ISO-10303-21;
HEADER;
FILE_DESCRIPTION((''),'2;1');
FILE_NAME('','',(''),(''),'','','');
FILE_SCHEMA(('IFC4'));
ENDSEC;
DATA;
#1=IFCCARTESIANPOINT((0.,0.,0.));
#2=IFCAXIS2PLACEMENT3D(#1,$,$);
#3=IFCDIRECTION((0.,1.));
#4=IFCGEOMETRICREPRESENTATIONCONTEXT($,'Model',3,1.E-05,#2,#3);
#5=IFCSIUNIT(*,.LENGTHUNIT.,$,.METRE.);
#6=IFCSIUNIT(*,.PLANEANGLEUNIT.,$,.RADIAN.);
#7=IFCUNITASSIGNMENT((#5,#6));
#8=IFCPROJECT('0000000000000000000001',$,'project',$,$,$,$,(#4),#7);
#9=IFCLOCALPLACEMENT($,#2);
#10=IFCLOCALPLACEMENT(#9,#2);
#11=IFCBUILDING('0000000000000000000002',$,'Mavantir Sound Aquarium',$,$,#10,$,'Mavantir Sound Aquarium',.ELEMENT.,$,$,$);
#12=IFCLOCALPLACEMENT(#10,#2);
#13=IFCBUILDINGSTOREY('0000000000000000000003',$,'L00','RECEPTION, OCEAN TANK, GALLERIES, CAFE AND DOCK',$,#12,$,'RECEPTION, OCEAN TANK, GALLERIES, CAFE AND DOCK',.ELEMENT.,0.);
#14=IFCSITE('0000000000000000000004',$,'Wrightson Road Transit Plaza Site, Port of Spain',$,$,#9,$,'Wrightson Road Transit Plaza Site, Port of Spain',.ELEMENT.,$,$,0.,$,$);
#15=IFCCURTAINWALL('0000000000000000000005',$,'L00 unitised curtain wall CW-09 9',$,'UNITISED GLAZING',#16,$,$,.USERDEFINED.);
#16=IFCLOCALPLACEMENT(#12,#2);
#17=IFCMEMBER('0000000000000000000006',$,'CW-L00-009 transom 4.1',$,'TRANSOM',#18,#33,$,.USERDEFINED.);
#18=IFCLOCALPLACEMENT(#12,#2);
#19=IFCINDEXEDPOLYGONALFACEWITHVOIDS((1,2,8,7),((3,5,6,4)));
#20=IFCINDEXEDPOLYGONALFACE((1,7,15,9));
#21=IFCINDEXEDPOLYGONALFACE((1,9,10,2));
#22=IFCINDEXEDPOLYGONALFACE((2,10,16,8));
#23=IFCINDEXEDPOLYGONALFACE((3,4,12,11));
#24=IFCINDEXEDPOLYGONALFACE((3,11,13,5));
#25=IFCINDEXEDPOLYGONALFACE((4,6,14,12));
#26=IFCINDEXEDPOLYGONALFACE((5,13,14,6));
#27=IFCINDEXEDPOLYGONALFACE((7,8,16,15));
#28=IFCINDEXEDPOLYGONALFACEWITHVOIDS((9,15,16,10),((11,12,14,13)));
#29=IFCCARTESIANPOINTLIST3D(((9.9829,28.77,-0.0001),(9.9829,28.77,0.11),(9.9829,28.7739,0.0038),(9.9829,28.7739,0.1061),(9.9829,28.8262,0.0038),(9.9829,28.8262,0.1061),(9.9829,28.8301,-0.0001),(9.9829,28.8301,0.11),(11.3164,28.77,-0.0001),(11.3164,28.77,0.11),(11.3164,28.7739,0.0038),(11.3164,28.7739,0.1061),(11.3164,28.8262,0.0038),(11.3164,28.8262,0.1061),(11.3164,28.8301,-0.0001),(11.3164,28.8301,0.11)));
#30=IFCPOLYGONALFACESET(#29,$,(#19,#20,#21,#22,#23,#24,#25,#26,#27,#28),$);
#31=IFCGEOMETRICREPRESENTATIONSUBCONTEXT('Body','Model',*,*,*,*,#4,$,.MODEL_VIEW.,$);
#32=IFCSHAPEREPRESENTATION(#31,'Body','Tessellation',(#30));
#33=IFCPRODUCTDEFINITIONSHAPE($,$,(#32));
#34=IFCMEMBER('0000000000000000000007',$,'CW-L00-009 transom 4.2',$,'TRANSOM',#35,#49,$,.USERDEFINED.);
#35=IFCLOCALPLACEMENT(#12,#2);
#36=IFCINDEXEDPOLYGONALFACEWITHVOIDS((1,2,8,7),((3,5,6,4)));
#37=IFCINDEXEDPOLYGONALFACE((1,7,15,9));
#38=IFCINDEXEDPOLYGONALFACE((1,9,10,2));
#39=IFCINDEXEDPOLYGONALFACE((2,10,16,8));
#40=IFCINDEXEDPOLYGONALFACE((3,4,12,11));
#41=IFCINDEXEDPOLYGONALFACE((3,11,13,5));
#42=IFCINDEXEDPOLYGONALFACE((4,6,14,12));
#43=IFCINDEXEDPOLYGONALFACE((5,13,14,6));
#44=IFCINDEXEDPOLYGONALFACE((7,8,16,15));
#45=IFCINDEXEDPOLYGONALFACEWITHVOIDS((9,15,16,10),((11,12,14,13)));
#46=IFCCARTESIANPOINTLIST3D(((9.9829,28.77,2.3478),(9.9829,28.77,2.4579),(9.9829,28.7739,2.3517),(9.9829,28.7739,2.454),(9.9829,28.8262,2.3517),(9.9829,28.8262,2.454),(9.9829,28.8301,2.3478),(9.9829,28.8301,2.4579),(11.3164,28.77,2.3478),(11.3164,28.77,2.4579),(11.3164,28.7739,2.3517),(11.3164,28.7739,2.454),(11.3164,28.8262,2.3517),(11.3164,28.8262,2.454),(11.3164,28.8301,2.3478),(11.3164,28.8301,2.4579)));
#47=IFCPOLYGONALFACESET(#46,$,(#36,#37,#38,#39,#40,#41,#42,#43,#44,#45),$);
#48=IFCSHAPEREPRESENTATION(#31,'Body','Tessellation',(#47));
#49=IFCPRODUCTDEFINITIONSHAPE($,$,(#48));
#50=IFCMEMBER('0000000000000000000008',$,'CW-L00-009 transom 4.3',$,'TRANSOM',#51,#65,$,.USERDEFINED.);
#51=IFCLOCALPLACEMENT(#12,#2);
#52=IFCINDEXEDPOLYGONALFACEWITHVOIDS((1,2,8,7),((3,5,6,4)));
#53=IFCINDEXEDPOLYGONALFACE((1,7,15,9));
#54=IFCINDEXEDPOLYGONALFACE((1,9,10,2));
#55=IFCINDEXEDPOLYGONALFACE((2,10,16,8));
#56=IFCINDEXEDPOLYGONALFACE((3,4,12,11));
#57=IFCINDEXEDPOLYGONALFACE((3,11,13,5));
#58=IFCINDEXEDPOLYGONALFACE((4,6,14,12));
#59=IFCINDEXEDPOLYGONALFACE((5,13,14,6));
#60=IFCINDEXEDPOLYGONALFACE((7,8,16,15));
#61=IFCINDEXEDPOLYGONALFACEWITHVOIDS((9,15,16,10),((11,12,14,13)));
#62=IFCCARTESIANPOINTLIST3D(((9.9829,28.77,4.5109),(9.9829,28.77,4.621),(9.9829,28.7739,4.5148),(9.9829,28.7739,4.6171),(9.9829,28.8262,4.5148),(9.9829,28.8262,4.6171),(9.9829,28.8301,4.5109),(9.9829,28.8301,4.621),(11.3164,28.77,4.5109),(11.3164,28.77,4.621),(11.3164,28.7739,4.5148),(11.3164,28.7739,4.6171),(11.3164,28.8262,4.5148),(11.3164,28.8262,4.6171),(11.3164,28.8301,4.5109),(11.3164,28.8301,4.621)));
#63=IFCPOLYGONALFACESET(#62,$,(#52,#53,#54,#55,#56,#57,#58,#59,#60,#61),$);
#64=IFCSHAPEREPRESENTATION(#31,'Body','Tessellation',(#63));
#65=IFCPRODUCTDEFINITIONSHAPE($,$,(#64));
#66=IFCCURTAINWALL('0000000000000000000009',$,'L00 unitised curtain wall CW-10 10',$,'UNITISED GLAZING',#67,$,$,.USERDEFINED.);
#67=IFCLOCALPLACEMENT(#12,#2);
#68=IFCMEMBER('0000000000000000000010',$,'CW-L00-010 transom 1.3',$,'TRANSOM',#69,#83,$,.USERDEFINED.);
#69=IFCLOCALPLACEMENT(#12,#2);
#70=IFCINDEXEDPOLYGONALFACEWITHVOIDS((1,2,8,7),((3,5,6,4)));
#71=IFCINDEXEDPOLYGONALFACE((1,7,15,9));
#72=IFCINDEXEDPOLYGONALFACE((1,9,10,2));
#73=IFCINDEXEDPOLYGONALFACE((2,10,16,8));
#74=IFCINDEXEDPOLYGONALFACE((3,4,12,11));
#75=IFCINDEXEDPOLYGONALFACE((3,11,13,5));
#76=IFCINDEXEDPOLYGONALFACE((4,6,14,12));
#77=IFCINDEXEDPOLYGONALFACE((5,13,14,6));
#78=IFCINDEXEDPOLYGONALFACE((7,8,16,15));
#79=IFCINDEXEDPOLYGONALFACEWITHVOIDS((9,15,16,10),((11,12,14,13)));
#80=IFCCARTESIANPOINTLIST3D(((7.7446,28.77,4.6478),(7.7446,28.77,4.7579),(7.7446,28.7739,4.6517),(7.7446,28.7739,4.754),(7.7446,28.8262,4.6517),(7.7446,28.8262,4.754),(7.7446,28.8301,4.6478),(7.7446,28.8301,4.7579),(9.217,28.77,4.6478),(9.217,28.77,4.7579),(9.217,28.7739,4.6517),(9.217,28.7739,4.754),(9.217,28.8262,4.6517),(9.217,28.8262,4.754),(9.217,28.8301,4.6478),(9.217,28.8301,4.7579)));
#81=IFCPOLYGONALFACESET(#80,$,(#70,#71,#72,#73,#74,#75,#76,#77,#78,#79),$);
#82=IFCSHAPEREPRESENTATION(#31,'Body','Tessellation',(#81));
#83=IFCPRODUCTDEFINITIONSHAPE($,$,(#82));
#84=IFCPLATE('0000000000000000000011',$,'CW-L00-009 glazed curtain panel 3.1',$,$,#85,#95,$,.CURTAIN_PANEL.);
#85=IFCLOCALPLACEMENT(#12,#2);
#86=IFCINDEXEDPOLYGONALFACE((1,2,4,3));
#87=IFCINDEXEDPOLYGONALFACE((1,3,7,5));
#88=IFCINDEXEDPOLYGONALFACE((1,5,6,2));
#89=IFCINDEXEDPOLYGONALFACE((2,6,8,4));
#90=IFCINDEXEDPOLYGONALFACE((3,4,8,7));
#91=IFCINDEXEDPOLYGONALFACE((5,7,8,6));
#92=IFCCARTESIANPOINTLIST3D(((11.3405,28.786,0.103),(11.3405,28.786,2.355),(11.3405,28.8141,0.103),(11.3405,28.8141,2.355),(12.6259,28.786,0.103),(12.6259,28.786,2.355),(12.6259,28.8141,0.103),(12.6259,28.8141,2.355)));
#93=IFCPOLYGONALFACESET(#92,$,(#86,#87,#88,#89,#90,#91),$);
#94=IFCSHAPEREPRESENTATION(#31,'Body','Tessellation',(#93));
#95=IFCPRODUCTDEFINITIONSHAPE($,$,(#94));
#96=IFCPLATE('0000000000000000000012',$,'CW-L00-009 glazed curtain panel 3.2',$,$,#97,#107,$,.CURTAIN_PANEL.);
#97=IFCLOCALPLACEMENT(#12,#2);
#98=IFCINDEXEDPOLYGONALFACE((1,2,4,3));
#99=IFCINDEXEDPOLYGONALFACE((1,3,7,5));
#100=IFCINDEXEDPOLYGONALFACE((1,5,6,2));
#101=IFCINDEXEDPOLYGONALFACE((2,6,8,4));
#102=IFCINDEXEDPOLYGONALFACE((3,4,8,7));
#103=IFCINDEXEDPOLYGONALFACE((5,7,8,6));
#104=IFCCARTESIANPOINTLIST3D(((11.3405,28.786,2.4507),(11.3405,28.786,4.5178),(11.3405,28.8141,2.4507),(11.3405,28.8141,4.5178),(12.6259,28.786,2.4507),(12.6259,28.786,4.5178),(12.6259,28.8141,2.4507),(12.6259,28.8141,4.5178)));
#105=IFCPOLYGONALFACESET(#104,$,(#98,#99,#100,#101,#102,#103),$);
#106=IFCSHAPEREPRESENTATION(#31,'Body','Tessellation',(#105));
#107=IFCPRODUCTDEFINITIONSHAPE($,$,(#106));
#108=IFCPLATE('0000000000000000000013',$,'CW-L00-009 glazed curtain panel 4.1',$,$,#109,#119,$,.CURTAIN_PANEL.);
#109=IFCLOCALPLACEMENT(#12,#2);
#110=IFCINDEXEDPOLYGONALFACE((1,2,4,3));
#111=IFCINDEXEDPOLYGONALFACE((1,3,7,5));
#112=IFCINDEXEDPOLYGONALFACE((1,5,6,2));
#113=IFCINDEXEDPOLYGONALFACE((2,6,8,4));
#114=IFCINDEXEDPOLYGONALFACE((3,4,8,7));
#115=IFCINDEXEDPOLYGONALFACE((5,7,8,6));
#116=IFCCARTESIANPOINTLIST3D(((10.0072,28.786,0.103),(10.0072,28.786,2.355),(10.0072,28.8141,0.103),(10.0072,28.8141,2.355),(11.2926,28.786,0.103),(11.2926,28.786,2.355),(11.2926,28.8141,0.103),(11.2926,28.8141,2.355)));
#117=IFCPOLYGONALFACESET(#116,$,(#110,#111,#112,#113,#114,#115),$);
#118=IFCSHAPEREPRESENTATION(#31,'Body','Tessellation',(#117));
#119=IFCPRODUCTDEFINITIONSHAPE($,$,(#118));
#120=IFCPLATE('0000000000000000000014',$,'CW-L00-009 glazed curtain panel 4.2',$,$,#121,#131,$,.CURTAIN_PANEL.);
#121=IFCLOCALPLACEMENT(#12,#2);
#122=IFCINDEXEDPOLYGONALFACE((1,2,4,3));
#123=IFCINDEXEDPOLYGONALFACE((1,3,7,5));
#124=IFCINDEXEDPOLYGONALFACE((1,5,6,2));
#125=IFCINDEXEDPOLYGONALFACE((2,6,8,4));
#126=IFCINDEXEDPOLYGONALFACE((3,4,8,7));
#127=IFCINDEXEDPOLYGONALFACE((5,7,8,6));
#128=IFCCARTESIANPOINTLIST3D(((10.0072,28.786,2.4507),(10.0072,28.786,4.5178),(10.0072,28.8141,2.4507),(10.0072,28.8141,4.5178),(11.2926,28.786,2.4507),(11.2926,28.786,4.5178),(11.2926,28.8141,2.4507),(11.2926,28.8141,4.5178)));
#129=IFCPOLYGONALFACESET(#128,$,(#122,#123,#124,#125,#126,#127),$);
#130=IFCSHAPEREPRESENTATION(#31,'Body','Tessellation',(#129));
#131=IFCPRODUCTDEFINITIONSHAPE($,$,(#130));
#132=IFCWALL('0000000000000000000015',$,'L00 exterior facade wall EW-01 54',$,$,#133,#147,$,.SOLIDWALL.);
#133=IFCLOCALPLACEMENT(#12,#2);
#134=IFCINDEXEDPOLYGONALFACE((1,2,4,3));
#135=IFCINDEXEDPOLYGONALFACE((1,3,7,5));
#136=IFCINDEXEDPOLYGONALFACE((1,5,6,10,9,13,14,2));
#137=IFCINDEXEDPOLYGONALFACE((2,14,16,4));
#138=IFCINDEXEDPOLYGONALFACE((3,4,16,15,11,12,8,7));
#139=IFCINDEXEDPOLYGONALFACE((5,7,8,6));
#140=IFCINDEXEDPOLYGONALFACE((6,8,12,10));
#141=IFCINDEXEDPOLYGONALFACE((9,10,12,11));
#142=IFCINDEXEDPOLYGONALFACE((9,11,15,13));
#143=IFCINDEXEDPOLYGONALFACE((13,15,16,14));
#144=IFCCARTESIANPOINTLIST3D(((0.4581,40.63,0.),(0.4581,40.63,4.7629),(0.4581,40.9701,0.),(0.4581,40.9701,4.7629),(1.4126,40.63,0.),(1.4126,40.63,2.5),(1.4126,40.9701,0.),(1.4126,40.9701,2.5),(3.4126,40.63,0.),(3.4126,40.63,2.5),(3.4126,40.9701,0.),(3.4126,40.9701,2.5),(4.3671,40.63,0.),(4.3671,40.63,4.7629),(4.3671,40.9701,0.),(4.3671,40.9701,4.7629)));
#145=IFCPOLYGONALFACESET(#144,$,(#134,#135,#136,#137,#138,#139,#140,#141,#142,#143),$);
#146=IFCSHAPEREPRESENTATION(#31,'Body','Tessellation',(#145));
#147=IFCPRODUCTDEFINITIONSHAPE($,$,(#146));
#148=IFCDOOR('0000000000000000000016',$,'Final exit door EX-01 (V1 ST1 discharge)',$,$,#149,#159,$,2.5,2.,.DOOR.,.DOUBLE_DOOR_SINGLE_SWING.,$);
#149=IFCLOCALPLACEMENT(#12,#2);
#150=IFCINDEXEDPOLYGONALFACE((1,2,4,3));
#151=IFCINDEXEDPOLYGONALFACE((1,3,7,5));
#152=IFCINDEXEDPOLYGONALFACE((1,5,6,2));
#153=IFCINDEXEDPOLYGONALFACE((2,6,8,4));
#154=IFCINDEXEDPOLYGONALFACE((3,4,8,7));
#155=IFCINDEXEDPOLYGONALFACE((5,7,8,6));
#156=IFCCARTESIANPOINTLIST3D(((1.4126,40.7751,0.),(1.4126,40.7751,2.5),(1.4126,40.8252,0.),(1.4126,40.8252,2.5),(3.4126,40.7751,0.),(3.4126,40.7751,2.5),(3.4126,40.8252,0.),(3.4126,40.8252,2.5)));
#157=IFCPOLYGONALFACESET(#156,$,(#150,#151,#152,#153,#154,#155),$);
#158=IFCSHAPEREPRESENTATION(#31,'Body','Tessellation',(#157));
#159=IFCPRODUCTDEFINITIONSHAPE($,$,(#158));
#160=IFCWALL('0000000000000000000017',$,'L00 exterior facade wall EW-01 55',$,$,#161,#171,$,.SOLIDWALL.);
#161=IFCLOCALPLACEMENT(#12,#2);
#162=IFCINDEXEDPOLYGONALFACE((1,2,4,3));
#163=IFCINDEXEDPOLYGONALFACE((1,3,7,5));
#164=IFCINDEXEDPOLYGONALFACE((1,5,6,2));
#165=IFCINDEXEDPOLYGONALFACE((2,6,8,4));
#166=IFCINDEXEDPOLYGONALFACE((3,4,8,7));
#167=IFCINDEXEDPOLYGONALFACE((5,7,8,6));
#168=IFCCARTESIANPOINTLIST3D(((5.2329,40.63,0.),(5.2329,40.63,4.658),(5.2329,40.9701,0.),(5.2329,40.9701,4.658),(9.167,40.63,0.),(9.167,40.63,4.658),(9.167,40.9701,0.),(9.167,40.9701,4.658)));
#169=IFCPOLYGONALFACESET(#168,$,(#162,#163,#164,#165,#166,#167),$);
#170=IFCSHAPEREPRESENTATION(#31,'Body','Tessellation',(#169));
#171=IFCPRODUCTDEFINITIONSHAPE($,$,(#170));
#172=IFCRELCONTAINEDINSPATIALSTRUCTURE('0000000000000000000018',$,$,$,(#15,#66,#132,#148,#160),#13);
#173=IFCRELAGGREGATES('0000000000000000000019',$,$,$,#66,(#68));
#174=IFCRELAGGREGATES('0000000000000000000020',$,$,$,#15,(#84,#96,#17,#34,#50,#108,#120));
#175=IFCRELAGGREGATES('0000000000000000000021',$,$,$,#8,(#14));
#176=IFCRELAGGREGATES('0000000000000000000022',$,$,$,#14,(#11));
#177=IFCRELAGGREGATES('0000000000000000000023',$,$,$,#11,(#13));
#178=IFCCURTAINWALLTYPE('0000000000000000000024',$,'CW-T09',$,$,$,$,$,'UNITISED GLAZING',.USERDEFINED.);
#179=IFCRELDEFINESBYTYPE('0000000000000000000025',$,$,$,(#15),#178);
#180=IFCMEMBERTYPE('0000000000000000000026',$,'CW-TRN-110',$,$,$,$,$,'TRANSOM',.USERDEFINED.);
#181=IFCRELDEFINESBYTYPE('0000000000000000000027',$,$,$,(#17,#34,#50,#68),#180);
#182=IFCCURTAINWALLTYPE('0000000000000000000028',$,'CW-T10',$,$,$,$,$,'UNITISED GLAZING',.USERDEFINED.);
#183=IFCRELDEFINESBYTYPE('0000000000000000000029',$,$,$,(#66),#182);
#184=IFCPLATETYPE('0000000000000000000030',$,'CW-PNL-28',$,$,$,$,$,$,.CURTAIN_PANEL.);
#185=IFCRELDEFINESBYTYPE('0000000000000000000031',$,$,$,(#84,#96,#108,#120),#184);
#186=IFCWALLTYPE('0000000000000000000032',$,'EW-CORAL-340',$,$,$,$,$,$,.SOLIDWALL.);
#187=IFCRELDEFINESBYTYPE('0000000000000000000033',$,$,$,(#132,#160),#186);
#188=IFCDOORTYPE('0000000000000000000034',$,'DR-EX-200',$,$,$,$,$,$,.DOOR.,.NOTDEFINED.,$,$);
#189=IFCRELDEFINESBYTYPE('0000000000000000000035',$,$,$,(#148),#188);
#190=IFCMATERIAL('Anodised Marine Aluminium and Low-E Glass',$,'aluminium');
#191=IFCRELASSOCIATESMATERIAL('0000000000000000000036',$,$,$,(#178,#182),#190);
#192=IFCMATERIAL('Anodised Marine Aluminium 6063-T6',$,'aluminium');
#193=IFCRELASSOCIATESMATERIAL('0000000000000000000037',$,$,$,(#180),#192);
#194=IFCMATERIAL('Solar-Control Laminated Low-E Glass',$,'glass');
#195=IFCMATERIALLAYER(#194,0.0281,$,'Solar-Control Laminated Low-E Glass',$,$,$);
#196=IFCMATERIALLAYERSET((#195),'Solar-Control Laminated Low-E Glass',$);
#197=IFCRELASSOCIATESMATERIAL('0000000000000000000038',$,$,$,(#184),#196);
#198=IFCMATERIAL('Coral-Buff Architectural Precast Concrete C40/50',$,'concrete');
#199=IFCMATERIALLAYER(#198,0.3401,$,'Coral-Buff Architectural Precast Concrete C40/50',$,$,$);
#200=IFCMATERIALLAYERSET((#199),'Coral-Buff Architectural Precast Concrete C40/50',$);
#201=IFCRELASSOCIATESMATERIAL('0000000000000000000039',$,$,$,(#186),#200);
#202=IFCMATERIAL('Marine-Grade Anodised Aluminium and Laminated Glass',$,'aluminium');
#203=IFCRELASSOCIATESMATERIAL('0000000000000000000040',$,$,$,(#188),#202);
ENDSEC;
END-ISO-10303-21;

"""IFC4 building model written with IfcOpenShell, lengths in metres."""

from ifc_helpers import new_model, si_unit, direction, frame, frame_2d, origin, origin_2d, place, context, subcontext, project, spatial, rectangle, hollow_rectangle, extrude, material, layer, layer_set, material_profile, profile_set, type_object, element, fill, aggregate, save


model = new_model("IFC4")

# Units and contexts
model_context = context("Model", 3, precision=1e-05, world=origin(), true_north=direction((0.0, 1.0)))
body_context = subcontext(model_context, "Body", "Model", "MODEL_VIEW")
ifc_project = project(units=[si_unit("LENGTHUNIT", "METRE"), si_unit("PLANEANGLEUNIT", "RADIAN")], contexts=[model_context])

# Site, building, storey
site_placement = place(None, origin())
site = spatial("IfcSite", under=ifc_project, at=site_placement, Name="Wrightson Road Transit Plaza Site, Port of Spain", LongName="Wrightson Road Transit Plaza Site, Port of Spain", CompositionType="ELEMENT", RefElevation=0.0)
building_placement = place(site_placement, origin())
building = spatial("IfcBuilding", under=site, at=building_placement, Name="Mavantir Sound Aquarium", LongName="Mavantir Sound Aquarium", CompositionType="ELEMENT")
storey_placement = place(building_placement, origin())
storey = spatial("IfcBuildingStorey", under=building, at=storey_placement, Name="L00", Description="RECEPTION, OCEAN TANK, GALLERIES, CAFE AND DOCK", LongName="RECEPTION, OCEAN TANK, GALLERIES, CAFE AND DOCK", CompositionType="ELEMENT", Elevation=0.0)

# Curtain wall, members
ifc_material_1 = material(Name="Anodised Marine Aluminium and Low-E Glass", Category="aluminium")
curtain_wall_type_1 = type_object("IfcCurtainWallType", Name="CW-T09", ElementType="UNITISED GLAZING", PredefinedType="USERDEFINED", material=ifc_material_1)
curtain_wall_1_placement = place(storey_placement, origin())
curtain_wall_1 = element("IfcCurtainWall", 1, at=curtain_wall_1_placement, inside=storey, type_object=curtain_wall_type_1, Name="L00 unitised curtain wall CW-09 9", ObjectType="UNITISED GLAZING", PredefinedType="USERDEFINED")
ifc_material_2 = material(Name="Anodised Marine Aluminium 6063-T6", Category="aluminium")
ifc_material_profile_1 = material_profile(ifc_material_2, hollow_rectangle(XDim=0.0601, YDim=0.1101, WallThickness=0.0039, at=origin_2d()), Name="ALU-TRANSOM-110X60")
ifc_profile_set_1 = profile_set([ifc_material_profile_1], Name="Anodised Marine Aluminium 6063-T6")
member_type_1 = type_object("IfcMemberType", Name="CW-TRN-110", ElementType="TRANSOM", PredefinedType="USERDEFINED", material=ifc_profile_set_1)
member_1_placement = place(storey_placement, frame((11.3164, 28.8, 0.0549), z_axis=(-1.0, 0.0, 0.0), x_axis=(0.0, -1.0, 0.0)))
member_1 = element("IfcMember", 2, at=member_1_placement, type_object=member_type_1, Name="CW-L00-009 transom 4.1", ObjectType="TRANSOM", PredefinedType="USERDEFINED", context=body_context, shape_type="SweptSolid", body=[
    extrude(hollow_rectangle(XDim=0.0601, YDim=0.1101, WallThickness=0.0039, at=origin_2d()), origin(), (0.0, 0.0, 1.0), 1.3335),
])
member_2_placement = place(storey_placement, frame((11.3164, 28.8, 2.4028), z_axis=(-1.0, 0.0, 0.0), x_axis=(0.0, -1.0, 0.0)))
member_2 = element("IfcMember", 3, at=member_2_placement, type_object=member_type_1, Name="CW-L00-009 transom 4.2", ObjectType="TRANSOM", PredefinedType="USERDEFINED", context=body_context, shape_type="SweptSolid", body=[
    extrude(hollow_rectangle(XDim=0.0601, YDim=0.1101, WallThickness=0.0039, at=origin_2d()), origin(), (0.0, 0.0, 1.0), 1.3335),
])
member_3_placement = place(storey_placement, frame((11.3164, 28.8, 4.5659), z_axis=(-1.0, 0.0, 0.0), x_axis=(0.0, -1.0, 0.0)))
member_3 = element("IfcMember", 4, at=member_3_placement, type_object=member_type_1, Name="CW-L00-009 transom 4.3", ObjectType="TRANSOM", PredefinedType="USERDEFINED", context=body_context, shape_type="SweptSolid", body=[
    extrude(hollow_rectangle(XDim=0.0601, YDim=0.1101, WallThickness=0.0039, at=origin_2d()), origin(), (0.0, 0.0, 1.0), 1.3335),
])

# Curtain wall, member
curtain_wall_type_2 = type_object("IfcCurtainWallType", Name="CW-T10", ElementType="UNITISED GLAZING", PredefinedType="USERDEFINED", material=ifc_material_1)
curtain_wall_2_placement = place(storey_placement, origin())
curtain_wall_2 = element("IfcCurtainWall", 5, at=curtain_wall_2_placement, inside=storey, type_object=curtain_wall_type_2, Name="L00 unitised curtain wall CW-10 10", ObjectType="UNITISED GLAZING", PredefinedType="USERDEFINED")
member_4_placement = place(storey_placement, frame((9.217, 28.8, 4.7029), z_axis=(-1.0, 0.0, 0.0), x_axis=(0.0, -1.0, 0.0)))
member_4 = element("IfcMember", 6, at=member_4_placement, type_object=member_type_1, Name="CW-L00-010 transom 1.3", ObjectType="TRANSOM", PredefinedType="USERDEFINED", context=body_context, shape_type="SweptSolid", body=[
    extrude(hollow_rectangle(XDim=0.0601, YDim=0.1101, WallThickness=0.0039, at=origin_2d()), origin(), (0.0, 0.0, 1.0), 1.4724),
])
aggregate(curtain_wall_2, [member_4])

# Plates
ifc_material_3 = material(Name="Solar-Control Laminated Low-E Glass", Category="glass")
ifc_layer_1 = layer(ifc_material_3, 0.0281, Name="Solar-Control Laminated Low-E Glass")
ifc_layer_set_1 = layer_set([ifc_layer_1], Name="Solar-Control Laminated Low-E Glass")
plate_type = type_object("IfcPlateType", Name="CW-PNL-28", PredefinedType="CURTAIN_PANEL", material=ifc_layer_set_1)
plate_1_placement = place(storey_placement, frame((11.9832, 28.8, 0.103), z_axis=(0.0, 0.0, 1.0), x_axis=(-1.0, 0.0, 0.0)))
plate_1 = element("IfcPlate", 7, at=plate_1_placement, type_object=plate_type, Name="CW-L00-009 glazed curtain panel 3.1", PredefinedType="CURTAIN_PANEL", context=body_context, shape_type="SweptSolid", body=[
    extrude(rectangle(XDim=1.2854, YDim=0.0281, at=origin_2d()), origin(), (0.0, 0.0, 1.0), 2.252),
])
plate_2_placement = place(storey_placement, frame((11.9832, 28.8, 2.4507), z_axis=(0.0, 0.0, 1.0), x_axis=(-1.0, 0.0, 0.0)))
plate_2 = element("IfcPlate", 8, at=plate_2_placement, type_object=plate_type, Name="CW-L00-009 glazed curtain panel 3.2", PredefinedType="CURTAIN_PANEL", context=body_context, shape_type="SweptSolid", body=[
    extrude(rectangle(XDim=1.2854, YDim=0.0281, at=origin_2d()), origin(), (0.0, 0.0, 1.0), 2.0671),
])
plate_3_placement = place(storey_placement, frame((10.6499, 28.8, 0.103), z_axis=(0.0, 0.0, 1.0), x_axis=(-1.0, 0.0, 0.0)))
plate_3 = element("IfcPlate", 9, at=plate_3_placement, type_object=plate_type, Name="CW-L00-009 glazed curtain panel 4.1", PredefinedType="CURTAIN_PANEL", context=body_context, shape_type="SweptSolid", body=[
    extrude(rectangle(XDim=1.2854, YDim=0.0281, at=origin_2d()), origin(), (0.0, 0.0, 1.0), 2.252),
])
plate_4_placement = place(storey_placement, frame((10.6499, 28.8, 2.4507), z_axis=(0.0, 0.0, 1.0), x_axis=(-1.0, 0.0, 0.0)))
plate_4 = element("IfcPlate", 10, at=plate_4_placement, type_object=plate_type, Name="CW-L00-009 glazed curtain panel 4.2", PredefinedType="CURTAIN_PANEL", context=body_context, shape_type="SweptSolid", body=[
    extrude(rectangle(XDim=1.2854, YDim=0.0281, at=origin_2d()), origin(), (0.0, 0.0, 1.0), 2.0671),
])
aggregate(curtain_wall_1, [plate_1, plate_2, member_1, member_2, member_3, plate_3, plate_4])

# Wall, opening, door
ifc_material_4 = material(Name="Coral-Buff Architectural Precast Concrete C40/50", Category="concrete")
ifc_layer_2 = layer(ifc_material_4, 0.3401, Name="Coral-Buff Architectural Precast Concrete C40/50")
ifc_layer_set_2 = layer_set([ifc_layer_2], Name="Coral-Buff Architectural Precast Concrete C40/50")
wall_type = type_object("IfcWallType", Name="EW-CORAL-340", PredefinedType="SOLIDWALL", material=ifc_layer_set_2)
wall_1_placement = place(storey_placement, frame((0.458, 40.8, 0.0), z_axis=(0.0, 0.0, 1.0), x_axis=(1.0, 0.0, 0.0)))
wall_1 = element("IfcWall", 11, at=wall_1_placement, inside=storey, type_object=wall_type, Name="L00 exterior facade wall EW-01 54", PredefinedType="SOLIDWALL", context=body_context, shape_type="SweptSolid", body=[
    extrude(rectangle(XDim=3.9089, YDim=0.3401, at=frame_2d((1.9546, 0.0))), origin(), (0.0, 0.0, 1.0), 4.7629),
])
opening_1_placement = place(wall_1_placement, frame((2.9546, 0.0, 0.0), z_axis=(0.0, 0.0, 1.0), x_axis=(-1.0, 0.0, 0.0)))
opening_1 = element("IfcOpeningElement", 12, at=opening_1_placement, cuts=wall_1, PredefinedType="OPENING", context=body_context, shape_type="SweptSolid", body=[
    extrude(rectangle(XDim=2.0, YDim=2.5, at=frame_2d((1.0, 1.25))), frame((0.0, 0.1802, 0.0), z_axis=(0.0, -1.0, 0.0), x_axis=(1.0, 0.0, 0.0)), (0.0, 0.0, 1.0), 0.3601),
])
ifc_material_5 = material(Name="Marine-Grade Anodised Aluminium and Laminated Glass", Category="aluminium")
door_type_1 = type_object("IfcDoorType", Name="DR-EX-200", OperationType="NOTDEFINED", PredefinedType="DOOR", material=ifc_material_5)
door_1_placement = place(opening_1_placement, origin())
door_1 = element("IfcDoor", 13, at=door_1_placement, inside=storey, type_object=door_type_1, Name="Final exit door EX-01 (V1 ST1 discharge)", OperationType="DOUBLE_DOOR_SINGLE_SWING", OverallHeight=2.5, OverallWidth=2.0, PredefinedType="DOOR", context=body_context, shape_type="SweptSolid", body=[
    extrude(rectangle(XDim=2.0, YDim=2.5, at=frame_2d((1.0, 1.25))), frame((0.0, 0.0249, 0.0), z_axis=(0.0, -1.0, 0.0), x_axis=(1.0, 0.0, 0.0)), (0.0, 0.0, 1.0), 0.05),
])
fill(opening_1, door_1)

# Wall
wall_2_placement = place(storey_placement, frame((5.2329, 40.8, 0.0), z_axis=(0.0, 0.0, 1.0), x_axis=(1.0, 0.0, 0.0)))
element("IfcWall", 14, at=wall_2_placement, inside=storey, type_object=wall_type, Name="L00 exterior facade wall EW-01 55", PredefinedType="SOLIDWALL", context=body_context, shape_type="SweptSolid", body=[
    extrude(rectangle(XDim=3.9341, YDim=0.3401, at=frame_2d((1.967, 0.0))), origin(), (0.0, 0.0, 1.0), 4.658),
])

save(model, "model.ifc")
